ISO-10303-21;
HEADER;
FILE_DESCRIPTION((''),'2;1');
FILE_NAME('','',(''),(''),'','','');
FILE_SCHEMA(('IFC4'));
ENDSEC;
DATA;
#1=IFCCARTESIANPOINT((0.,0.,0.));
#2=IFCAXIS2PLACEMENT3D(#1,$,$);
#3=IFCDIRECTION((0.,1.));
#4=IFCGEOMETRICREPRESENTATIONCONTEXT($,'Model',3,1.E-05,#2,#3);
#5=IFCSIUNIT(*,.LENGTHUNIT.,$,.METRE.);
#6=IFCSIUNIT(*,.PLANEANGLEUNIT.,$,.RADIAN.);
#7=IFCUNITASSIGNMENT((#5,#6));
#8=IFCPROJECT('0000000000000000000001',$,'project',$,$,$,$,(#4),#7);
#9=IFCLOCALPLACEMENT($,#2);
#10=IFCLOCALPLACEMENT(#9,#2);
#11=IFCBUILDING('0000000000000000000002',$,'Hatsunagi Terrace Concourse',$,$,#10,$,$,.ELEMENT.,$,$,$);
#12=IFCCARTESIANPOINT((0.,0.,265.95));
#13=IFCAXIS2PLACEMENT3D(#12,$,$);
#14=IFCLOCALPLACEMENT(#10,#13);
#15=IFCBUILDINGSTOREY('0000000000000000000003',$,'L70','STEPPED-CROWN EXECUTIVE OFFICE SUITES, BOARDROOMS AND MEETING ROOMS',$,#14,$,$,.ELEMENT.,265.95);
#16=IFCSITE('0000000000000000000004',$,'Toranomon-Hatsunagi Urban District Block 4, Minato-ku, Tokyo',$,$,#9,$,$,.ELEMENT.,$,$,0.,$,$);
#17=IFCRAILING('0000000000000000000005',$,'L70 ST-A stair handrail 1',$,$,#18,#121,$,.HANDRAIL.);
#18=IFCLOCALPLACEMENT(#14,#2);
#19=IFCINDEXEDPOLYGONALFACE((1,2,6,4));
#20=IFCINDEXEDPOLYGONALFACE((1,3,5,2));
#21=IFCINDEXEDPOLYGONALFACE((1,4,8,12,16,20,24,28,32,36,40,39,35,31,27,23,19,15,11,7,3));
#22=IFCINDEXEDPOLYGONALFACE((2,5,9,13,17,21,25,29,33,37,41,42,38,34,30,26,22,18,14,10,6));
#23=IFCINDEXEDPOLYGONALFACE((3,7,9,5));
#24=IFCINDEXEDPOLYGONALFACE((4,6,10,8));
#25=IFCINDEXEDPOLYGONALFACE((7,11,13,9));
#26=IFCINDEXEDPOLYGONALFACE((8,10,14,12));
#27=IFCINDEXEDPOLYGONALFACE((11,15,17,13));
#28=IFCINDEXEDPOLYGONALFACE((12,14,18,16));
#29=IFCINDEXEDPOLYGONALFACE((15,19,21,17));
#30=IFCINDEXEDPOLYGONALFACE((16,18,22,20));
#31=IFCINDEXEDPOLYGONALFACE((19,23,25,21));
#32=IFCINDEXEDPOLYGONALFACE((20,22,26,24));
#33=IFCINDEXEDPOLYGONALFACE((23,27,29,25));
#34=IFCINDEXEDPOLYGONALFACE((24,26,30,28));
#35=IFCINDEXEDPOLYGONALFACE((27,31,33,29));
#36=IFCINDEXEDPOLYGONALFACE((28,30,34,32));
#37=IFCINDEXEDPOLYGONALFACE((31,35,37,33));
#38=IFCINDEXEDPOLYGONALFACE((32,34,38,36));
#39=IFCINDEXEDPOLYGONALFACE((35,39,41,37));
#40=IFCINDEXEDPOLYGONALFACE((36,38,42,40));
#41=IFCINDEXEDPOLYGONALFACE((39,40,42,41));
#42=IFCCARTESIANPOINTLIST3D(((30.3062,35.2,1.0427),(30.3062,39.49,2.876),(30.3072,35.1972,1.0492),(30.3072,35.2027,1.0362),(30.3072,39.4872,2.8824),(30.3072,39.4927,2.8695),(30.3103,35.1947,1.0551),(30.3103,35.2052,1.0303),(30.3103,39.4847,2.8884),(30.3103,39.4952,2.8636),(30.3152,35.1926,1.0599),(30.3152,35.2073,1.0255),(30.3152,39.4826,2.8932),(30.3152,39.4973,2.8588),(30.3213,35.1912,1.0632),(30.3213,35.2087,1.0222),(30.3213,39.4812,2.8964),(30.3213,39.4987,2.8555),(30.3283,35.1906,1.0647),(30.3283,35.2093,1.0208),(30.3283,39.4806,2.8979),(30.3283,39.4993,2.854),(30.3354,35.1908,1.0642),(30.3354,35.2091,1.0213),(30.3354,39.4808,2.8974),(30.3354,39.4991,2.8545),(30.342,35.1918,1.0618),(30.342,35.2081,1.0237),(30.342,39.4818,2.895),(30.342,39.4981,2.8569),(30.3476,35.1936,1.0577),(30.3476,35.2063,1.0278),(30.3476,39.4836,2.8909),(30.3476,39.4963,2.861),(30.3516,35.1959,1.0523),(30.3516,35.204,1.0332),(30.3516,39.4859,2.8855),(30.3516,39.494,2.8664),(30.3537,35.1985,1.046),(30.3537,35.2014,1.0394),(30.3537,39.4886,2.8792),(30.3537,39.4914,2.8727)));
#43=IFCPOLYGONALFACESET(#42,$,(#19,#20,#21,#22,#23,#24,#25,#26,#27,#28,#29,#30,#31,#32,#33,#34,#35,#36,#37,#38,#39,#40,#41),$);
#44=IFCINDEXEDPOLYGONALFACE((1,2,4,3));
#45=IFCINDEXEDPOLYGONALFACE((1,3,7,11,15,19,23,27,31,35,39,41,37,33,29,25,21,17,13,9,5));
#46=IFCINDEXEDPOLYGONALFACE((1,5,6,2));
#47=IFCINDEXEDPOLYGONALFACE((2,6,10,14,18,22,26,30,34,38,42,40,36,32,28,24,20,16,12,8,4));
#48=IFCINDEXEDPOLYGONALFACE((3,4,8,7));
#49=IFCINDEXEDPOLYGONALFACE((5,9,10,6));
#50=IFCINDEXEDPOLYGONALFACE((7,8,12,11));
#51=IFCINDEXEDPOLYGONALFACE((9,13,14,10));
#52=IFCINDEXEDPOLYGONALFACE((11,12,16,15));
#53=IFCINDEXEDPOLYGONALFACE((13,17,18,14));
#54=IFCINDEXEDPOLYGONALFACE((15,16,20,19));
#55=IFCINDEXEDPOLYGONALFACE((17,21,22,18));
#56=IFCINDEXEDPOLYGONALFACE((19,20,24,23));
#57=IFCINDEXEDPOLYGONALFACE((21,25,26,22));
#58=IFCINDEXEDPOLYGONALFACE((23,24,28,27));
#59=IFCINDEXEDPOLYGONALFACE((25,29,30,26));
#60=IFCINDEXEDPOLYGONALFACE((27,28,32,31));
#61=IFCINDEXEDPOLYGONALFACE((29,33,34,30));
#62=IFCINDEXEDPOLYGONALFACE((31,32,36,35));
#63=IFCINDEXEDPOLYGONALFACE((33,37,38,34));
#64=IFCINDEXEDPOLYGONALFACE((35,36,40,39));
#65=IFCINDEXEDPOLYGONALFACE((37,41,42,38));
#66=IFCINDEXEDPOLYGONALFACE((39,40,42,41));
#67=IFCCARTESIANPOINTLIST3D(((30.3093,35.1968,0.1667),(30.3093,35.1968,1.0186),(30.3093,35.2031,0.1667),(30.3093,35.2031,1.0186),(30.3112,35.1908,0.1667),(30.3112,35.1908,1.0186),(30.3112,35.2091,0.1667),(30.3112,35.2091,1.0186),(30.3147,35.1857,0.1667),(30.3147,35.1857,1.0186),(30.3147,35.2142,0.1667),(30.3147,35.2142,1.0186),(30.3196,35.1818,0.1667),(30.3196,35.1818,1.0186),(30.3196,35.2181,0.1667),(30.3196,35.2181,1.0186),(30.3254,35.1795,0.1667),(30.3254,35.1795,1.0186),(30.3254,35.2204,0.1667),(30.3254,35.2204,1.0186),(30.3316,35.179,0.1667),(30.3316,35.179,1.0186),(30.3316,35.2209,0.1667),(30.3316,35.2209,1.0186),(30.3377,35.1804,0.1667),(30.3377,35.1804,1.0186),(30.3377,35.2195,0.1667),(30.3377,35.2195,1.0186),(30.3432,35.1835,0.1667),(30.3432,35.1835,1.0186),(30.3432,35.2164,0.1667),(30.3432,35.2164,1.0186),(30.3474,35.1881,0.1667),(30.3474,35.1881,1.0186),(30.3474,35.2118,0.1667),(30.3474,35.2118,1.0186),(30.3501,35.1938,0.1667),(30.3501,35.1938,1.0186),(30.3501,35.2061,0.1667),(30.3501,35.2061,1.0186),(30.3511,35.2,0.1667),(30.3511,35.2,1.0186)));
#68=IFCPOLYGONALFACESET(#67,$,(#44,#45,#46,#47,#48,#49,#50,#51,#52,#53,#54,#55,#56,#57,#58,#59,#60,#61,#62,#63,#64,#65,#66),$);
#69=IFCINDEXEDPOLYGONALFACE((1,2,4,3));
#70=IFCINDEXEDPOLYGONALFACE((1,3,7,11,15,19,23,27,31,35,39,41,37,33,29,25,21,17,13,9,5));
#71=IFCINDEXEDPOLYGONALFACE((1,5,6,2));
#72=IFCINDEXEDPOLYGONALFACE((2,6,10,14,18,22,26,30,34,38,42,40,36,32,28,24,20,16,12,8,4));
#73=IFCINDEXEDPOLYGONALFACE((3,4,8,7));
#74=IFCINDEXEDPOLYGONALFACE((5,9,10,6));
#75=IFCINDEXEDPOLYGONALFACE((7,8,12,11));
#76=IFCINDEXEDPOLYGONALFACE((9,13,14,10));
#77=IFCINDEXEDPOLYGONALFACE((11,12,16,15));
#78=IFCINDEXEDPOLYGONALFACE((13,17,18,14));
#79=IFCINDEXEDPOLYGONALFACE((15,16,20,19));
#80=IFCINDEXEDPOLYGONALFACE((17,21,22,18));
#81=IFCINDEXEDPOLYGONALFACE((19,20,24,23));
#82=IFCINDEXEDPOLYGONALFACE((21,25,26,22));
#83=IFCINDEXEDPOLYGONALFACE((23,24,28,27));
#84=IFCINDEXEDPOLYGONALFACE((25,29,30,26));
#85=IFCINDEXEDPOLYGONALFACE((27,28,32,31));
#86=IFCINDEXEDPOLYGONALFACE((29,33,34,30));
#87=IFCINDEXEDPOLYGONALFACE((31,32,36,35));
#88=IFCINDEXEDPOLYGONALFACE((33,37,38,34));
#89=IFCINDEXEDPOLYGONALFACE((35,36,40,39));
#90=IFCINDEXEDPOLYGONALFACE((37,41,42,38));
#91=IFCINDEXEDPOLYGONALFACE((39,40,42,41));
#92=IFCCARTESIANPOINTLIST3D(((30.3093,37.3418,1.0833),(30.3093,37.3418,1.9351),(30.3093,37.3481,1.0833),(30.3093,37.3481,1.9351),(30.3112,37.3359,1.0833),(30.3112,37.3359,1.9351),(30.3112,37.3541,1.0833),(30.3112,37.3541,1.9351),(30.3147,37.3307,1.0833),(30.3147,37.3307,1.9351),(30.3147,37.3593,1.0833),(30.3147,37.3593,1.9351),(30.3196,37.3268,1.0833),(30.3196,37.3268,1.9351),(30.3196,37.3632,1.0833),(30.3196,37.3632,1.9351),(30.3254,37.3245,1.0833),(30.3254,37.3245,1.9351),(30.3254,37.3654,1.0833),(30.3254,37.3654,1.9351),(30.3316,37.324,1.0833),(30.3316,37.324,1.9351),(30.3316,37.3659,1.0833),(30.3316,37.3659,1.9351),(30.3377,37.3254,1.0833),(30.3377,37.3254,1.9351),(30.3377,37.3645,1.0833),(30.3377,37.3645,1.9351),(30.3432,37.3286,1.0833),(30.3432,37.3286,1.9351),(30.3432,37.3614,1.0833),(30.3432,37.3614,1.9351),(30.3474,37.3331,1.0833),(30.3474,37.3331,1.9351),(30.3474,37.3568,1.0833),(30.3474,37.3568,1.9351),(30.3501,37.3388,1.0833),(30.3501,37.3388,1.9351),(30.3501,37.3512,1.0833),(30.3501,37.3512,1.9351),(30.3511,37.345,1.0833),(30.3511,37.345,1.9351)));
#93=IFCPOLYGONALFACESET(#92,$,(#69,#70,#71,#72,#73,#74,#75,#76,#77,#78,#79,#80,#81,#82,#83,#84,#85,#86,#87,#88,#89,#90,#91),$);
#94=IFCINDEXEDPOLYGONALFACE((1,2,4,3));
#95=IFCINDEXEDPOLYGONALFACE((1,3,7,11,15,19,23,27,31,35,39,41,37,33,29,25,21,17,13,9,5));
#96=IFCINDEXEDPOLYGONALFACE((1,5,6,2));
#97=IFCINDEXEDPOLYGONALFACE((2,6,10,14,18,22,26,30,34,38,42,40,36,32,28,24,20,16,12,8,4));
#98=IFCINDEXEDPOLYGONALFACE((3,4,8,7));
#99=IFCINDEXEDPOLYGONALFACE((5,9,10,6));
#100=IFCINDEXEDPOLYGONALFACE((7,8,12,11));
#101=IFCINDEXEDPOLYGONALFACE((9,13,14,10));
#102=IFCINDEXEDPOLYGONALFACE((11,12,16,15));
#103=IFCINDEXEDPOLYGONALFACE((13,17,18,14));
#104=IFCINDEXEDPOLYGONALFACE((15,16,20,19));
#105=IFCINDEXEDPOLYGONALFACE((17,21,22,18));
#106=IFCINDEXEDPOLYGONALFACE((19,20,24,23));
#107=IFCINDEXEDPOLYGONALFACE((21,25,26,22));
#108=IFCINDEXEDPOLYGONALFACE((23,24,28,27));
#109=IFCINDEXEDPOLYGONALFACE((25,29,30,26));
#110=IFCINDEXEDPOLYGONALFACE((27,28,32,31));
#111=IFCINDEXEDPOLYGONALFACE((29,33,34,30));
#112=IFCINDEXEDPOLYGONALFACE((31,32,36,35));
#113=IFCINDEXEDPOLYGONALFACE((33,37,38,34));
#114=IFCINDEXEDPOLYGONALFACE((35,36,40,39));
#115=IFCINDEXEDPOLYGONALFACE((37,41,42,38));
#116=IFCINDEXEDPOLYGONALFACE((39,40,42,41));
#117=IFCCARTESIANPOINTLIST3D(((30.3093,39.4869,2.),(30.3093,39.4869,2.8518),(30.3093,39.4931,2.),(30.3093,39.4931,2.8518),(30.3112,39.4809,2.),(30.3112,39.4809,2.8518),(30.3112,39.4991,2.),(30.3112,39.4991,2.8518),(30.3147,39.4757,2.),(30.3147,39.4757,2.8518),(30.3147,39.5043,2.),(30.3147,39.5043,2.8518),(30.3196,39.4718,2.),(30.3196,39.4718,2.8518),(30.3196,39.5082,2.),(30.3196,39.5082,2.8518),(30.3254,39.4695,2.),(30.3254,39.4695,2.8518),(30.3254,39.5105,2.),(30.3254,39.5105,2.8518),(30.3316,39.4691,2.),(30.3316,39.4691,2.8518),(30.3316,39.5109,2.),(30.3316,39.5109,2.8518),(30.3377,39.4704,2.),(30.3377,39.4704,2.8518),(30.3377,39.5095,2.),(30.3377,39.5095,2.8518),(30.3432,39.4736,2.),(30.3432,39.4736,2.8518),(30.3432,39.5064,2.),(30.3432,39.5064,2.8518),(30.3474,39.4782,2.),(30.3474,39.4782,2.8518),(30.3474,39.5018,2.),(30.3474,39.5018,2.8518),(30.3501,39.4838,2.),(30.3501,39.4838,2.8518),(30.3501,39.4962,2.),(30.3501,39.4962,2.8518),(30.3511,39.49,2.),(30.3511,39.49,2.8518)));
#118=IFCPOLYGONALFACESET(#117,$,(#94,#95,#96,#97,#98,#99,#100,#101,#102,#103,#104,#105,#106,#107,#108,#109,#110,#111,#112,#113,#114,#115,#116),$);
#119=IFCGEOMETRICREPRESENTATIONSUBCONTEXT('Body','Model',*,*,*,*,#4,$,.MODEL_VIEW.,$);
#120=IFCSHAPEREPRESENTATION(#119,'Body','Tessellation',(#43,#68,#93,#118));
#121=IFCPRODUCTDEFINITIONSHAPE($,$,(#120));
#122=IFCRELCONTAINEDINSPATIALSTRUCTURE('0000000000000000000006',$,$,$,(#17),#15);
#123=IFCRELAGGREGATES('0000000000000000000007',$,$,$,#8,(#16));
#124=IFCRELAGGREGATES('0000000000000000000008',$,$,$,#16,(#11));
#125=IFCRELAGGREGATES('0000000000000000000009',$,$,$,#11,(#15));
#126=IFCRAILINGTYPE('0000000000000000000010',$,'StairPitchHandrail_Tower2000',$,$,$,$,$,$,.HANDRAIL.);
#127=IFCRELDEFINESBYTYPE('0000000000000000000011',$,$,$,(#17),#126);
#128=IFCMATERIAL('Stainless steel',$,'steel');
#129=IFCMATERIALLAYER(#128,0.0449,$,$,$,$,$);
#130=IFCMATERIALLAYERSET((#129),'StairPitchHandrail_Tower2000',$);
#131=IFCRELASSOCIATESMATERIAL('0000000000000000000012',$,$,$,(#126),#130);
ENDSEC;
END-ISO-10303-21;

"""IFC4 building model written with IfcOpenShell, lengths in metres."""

from ifc_helpers import new_model, si_unit, direction, frame, origin, origin_2d, place, context, subcontext, project, spatial, circle, extrude, material, layer, layer_set, type_object, element, save


model = new_model("IFC4")

# Units and contexts
model_context = context("Model", 3, precision=1e-05, world=origin(), true_north=direction((0.0, 1.0)))
body_context = subcontext(model_context, "Body", "Model", "MODEL_VIEW")
ifc_project = project(units=[si_unit("LENGTHUNIT", "METRE"), si_unit("PLANEANGLEUNIT", "RADIAN")], contexts=[model_context])

# Site, building, storey
site_placement = place(None, origin())
site = spatial("IfcSite", under=ifc_project, at=site_placement, Name="Toranomon-Hatsunagi Urban District Block 4, Minato-ku, Tokyo", CompositionType="ELEMENT", RefElevation=0.0)
building_placement = place(site_placement, origin())
building = spatial("IfcBuilding", under=site, at=building_placement, Name="Hatsunagi Terrace Concourse", CompositionType="ELEMENT")
storey_placement = place(building_placement, frame((0.0, 0.0, 265.95)))
storey = spatial("IfcBuildingStorey", under=building, at=storey_placement, Name="L70", Description="STEPPED-CROWN EXECUTIVE OFFICE SUITES, BOARDROOMS AND MEETING ROOMS", CompositionType="ELEMENT", Elevation=265.95)

# Railing
ifc_material_1 = material(Name="Stainless steel", Category="steel")
ifc_layer_1 = layer(ifc_material_1, 0.0449)
ifc_layer_set_1 = layer_set([ifc_layer_1], Name="StairPitchHandrail_Tower2000")
railing_type_1 = type_object("IfcRailingType", Name="StairPitchHandrail_Tower2000", PredefinedType="HANDRAIL", material=ifc_layer_set_1)
railing_1_placement = place(storey_placement, frame((30.3301, 35.2, 0.1667)))
element("IfcRailing", 1, at=railing_1_placement, inside=storey, type_object=railing_type_1, Name="L70 ST-A stair handrail 1", PredefinedType="HANDRAIL", context=body_context, shape_type="SweptSolid", body=[
    extrude(circle(Radius=0.0239, at=origin_2d()), frame((0.0, 0.0, 0.876), z_axis=(0.0, 0.919559, 0.392953), x_axis=(-1.0, 0.0, 0.0)), (0.0, 0.0, 1.0), 4.6653),
    extrude(circle(Radius=0.021, at=origin_2d()), origin(), (0.0, 0.0, 1.0), 0.8518),
    extrude(circle(Radius=0.021, at=origin_2d()), frame((0.0, 2.145, 0.9165)), (0.0, 0.0, 1.0), 0.8518),
    extrude(circle(Radius=0.021, at=origin_2d()), frame((0.0, 4.29, 1.8333)), (0.0, 0.0, 1.0), 0.8518),
])

save(model, "model.ifc")
